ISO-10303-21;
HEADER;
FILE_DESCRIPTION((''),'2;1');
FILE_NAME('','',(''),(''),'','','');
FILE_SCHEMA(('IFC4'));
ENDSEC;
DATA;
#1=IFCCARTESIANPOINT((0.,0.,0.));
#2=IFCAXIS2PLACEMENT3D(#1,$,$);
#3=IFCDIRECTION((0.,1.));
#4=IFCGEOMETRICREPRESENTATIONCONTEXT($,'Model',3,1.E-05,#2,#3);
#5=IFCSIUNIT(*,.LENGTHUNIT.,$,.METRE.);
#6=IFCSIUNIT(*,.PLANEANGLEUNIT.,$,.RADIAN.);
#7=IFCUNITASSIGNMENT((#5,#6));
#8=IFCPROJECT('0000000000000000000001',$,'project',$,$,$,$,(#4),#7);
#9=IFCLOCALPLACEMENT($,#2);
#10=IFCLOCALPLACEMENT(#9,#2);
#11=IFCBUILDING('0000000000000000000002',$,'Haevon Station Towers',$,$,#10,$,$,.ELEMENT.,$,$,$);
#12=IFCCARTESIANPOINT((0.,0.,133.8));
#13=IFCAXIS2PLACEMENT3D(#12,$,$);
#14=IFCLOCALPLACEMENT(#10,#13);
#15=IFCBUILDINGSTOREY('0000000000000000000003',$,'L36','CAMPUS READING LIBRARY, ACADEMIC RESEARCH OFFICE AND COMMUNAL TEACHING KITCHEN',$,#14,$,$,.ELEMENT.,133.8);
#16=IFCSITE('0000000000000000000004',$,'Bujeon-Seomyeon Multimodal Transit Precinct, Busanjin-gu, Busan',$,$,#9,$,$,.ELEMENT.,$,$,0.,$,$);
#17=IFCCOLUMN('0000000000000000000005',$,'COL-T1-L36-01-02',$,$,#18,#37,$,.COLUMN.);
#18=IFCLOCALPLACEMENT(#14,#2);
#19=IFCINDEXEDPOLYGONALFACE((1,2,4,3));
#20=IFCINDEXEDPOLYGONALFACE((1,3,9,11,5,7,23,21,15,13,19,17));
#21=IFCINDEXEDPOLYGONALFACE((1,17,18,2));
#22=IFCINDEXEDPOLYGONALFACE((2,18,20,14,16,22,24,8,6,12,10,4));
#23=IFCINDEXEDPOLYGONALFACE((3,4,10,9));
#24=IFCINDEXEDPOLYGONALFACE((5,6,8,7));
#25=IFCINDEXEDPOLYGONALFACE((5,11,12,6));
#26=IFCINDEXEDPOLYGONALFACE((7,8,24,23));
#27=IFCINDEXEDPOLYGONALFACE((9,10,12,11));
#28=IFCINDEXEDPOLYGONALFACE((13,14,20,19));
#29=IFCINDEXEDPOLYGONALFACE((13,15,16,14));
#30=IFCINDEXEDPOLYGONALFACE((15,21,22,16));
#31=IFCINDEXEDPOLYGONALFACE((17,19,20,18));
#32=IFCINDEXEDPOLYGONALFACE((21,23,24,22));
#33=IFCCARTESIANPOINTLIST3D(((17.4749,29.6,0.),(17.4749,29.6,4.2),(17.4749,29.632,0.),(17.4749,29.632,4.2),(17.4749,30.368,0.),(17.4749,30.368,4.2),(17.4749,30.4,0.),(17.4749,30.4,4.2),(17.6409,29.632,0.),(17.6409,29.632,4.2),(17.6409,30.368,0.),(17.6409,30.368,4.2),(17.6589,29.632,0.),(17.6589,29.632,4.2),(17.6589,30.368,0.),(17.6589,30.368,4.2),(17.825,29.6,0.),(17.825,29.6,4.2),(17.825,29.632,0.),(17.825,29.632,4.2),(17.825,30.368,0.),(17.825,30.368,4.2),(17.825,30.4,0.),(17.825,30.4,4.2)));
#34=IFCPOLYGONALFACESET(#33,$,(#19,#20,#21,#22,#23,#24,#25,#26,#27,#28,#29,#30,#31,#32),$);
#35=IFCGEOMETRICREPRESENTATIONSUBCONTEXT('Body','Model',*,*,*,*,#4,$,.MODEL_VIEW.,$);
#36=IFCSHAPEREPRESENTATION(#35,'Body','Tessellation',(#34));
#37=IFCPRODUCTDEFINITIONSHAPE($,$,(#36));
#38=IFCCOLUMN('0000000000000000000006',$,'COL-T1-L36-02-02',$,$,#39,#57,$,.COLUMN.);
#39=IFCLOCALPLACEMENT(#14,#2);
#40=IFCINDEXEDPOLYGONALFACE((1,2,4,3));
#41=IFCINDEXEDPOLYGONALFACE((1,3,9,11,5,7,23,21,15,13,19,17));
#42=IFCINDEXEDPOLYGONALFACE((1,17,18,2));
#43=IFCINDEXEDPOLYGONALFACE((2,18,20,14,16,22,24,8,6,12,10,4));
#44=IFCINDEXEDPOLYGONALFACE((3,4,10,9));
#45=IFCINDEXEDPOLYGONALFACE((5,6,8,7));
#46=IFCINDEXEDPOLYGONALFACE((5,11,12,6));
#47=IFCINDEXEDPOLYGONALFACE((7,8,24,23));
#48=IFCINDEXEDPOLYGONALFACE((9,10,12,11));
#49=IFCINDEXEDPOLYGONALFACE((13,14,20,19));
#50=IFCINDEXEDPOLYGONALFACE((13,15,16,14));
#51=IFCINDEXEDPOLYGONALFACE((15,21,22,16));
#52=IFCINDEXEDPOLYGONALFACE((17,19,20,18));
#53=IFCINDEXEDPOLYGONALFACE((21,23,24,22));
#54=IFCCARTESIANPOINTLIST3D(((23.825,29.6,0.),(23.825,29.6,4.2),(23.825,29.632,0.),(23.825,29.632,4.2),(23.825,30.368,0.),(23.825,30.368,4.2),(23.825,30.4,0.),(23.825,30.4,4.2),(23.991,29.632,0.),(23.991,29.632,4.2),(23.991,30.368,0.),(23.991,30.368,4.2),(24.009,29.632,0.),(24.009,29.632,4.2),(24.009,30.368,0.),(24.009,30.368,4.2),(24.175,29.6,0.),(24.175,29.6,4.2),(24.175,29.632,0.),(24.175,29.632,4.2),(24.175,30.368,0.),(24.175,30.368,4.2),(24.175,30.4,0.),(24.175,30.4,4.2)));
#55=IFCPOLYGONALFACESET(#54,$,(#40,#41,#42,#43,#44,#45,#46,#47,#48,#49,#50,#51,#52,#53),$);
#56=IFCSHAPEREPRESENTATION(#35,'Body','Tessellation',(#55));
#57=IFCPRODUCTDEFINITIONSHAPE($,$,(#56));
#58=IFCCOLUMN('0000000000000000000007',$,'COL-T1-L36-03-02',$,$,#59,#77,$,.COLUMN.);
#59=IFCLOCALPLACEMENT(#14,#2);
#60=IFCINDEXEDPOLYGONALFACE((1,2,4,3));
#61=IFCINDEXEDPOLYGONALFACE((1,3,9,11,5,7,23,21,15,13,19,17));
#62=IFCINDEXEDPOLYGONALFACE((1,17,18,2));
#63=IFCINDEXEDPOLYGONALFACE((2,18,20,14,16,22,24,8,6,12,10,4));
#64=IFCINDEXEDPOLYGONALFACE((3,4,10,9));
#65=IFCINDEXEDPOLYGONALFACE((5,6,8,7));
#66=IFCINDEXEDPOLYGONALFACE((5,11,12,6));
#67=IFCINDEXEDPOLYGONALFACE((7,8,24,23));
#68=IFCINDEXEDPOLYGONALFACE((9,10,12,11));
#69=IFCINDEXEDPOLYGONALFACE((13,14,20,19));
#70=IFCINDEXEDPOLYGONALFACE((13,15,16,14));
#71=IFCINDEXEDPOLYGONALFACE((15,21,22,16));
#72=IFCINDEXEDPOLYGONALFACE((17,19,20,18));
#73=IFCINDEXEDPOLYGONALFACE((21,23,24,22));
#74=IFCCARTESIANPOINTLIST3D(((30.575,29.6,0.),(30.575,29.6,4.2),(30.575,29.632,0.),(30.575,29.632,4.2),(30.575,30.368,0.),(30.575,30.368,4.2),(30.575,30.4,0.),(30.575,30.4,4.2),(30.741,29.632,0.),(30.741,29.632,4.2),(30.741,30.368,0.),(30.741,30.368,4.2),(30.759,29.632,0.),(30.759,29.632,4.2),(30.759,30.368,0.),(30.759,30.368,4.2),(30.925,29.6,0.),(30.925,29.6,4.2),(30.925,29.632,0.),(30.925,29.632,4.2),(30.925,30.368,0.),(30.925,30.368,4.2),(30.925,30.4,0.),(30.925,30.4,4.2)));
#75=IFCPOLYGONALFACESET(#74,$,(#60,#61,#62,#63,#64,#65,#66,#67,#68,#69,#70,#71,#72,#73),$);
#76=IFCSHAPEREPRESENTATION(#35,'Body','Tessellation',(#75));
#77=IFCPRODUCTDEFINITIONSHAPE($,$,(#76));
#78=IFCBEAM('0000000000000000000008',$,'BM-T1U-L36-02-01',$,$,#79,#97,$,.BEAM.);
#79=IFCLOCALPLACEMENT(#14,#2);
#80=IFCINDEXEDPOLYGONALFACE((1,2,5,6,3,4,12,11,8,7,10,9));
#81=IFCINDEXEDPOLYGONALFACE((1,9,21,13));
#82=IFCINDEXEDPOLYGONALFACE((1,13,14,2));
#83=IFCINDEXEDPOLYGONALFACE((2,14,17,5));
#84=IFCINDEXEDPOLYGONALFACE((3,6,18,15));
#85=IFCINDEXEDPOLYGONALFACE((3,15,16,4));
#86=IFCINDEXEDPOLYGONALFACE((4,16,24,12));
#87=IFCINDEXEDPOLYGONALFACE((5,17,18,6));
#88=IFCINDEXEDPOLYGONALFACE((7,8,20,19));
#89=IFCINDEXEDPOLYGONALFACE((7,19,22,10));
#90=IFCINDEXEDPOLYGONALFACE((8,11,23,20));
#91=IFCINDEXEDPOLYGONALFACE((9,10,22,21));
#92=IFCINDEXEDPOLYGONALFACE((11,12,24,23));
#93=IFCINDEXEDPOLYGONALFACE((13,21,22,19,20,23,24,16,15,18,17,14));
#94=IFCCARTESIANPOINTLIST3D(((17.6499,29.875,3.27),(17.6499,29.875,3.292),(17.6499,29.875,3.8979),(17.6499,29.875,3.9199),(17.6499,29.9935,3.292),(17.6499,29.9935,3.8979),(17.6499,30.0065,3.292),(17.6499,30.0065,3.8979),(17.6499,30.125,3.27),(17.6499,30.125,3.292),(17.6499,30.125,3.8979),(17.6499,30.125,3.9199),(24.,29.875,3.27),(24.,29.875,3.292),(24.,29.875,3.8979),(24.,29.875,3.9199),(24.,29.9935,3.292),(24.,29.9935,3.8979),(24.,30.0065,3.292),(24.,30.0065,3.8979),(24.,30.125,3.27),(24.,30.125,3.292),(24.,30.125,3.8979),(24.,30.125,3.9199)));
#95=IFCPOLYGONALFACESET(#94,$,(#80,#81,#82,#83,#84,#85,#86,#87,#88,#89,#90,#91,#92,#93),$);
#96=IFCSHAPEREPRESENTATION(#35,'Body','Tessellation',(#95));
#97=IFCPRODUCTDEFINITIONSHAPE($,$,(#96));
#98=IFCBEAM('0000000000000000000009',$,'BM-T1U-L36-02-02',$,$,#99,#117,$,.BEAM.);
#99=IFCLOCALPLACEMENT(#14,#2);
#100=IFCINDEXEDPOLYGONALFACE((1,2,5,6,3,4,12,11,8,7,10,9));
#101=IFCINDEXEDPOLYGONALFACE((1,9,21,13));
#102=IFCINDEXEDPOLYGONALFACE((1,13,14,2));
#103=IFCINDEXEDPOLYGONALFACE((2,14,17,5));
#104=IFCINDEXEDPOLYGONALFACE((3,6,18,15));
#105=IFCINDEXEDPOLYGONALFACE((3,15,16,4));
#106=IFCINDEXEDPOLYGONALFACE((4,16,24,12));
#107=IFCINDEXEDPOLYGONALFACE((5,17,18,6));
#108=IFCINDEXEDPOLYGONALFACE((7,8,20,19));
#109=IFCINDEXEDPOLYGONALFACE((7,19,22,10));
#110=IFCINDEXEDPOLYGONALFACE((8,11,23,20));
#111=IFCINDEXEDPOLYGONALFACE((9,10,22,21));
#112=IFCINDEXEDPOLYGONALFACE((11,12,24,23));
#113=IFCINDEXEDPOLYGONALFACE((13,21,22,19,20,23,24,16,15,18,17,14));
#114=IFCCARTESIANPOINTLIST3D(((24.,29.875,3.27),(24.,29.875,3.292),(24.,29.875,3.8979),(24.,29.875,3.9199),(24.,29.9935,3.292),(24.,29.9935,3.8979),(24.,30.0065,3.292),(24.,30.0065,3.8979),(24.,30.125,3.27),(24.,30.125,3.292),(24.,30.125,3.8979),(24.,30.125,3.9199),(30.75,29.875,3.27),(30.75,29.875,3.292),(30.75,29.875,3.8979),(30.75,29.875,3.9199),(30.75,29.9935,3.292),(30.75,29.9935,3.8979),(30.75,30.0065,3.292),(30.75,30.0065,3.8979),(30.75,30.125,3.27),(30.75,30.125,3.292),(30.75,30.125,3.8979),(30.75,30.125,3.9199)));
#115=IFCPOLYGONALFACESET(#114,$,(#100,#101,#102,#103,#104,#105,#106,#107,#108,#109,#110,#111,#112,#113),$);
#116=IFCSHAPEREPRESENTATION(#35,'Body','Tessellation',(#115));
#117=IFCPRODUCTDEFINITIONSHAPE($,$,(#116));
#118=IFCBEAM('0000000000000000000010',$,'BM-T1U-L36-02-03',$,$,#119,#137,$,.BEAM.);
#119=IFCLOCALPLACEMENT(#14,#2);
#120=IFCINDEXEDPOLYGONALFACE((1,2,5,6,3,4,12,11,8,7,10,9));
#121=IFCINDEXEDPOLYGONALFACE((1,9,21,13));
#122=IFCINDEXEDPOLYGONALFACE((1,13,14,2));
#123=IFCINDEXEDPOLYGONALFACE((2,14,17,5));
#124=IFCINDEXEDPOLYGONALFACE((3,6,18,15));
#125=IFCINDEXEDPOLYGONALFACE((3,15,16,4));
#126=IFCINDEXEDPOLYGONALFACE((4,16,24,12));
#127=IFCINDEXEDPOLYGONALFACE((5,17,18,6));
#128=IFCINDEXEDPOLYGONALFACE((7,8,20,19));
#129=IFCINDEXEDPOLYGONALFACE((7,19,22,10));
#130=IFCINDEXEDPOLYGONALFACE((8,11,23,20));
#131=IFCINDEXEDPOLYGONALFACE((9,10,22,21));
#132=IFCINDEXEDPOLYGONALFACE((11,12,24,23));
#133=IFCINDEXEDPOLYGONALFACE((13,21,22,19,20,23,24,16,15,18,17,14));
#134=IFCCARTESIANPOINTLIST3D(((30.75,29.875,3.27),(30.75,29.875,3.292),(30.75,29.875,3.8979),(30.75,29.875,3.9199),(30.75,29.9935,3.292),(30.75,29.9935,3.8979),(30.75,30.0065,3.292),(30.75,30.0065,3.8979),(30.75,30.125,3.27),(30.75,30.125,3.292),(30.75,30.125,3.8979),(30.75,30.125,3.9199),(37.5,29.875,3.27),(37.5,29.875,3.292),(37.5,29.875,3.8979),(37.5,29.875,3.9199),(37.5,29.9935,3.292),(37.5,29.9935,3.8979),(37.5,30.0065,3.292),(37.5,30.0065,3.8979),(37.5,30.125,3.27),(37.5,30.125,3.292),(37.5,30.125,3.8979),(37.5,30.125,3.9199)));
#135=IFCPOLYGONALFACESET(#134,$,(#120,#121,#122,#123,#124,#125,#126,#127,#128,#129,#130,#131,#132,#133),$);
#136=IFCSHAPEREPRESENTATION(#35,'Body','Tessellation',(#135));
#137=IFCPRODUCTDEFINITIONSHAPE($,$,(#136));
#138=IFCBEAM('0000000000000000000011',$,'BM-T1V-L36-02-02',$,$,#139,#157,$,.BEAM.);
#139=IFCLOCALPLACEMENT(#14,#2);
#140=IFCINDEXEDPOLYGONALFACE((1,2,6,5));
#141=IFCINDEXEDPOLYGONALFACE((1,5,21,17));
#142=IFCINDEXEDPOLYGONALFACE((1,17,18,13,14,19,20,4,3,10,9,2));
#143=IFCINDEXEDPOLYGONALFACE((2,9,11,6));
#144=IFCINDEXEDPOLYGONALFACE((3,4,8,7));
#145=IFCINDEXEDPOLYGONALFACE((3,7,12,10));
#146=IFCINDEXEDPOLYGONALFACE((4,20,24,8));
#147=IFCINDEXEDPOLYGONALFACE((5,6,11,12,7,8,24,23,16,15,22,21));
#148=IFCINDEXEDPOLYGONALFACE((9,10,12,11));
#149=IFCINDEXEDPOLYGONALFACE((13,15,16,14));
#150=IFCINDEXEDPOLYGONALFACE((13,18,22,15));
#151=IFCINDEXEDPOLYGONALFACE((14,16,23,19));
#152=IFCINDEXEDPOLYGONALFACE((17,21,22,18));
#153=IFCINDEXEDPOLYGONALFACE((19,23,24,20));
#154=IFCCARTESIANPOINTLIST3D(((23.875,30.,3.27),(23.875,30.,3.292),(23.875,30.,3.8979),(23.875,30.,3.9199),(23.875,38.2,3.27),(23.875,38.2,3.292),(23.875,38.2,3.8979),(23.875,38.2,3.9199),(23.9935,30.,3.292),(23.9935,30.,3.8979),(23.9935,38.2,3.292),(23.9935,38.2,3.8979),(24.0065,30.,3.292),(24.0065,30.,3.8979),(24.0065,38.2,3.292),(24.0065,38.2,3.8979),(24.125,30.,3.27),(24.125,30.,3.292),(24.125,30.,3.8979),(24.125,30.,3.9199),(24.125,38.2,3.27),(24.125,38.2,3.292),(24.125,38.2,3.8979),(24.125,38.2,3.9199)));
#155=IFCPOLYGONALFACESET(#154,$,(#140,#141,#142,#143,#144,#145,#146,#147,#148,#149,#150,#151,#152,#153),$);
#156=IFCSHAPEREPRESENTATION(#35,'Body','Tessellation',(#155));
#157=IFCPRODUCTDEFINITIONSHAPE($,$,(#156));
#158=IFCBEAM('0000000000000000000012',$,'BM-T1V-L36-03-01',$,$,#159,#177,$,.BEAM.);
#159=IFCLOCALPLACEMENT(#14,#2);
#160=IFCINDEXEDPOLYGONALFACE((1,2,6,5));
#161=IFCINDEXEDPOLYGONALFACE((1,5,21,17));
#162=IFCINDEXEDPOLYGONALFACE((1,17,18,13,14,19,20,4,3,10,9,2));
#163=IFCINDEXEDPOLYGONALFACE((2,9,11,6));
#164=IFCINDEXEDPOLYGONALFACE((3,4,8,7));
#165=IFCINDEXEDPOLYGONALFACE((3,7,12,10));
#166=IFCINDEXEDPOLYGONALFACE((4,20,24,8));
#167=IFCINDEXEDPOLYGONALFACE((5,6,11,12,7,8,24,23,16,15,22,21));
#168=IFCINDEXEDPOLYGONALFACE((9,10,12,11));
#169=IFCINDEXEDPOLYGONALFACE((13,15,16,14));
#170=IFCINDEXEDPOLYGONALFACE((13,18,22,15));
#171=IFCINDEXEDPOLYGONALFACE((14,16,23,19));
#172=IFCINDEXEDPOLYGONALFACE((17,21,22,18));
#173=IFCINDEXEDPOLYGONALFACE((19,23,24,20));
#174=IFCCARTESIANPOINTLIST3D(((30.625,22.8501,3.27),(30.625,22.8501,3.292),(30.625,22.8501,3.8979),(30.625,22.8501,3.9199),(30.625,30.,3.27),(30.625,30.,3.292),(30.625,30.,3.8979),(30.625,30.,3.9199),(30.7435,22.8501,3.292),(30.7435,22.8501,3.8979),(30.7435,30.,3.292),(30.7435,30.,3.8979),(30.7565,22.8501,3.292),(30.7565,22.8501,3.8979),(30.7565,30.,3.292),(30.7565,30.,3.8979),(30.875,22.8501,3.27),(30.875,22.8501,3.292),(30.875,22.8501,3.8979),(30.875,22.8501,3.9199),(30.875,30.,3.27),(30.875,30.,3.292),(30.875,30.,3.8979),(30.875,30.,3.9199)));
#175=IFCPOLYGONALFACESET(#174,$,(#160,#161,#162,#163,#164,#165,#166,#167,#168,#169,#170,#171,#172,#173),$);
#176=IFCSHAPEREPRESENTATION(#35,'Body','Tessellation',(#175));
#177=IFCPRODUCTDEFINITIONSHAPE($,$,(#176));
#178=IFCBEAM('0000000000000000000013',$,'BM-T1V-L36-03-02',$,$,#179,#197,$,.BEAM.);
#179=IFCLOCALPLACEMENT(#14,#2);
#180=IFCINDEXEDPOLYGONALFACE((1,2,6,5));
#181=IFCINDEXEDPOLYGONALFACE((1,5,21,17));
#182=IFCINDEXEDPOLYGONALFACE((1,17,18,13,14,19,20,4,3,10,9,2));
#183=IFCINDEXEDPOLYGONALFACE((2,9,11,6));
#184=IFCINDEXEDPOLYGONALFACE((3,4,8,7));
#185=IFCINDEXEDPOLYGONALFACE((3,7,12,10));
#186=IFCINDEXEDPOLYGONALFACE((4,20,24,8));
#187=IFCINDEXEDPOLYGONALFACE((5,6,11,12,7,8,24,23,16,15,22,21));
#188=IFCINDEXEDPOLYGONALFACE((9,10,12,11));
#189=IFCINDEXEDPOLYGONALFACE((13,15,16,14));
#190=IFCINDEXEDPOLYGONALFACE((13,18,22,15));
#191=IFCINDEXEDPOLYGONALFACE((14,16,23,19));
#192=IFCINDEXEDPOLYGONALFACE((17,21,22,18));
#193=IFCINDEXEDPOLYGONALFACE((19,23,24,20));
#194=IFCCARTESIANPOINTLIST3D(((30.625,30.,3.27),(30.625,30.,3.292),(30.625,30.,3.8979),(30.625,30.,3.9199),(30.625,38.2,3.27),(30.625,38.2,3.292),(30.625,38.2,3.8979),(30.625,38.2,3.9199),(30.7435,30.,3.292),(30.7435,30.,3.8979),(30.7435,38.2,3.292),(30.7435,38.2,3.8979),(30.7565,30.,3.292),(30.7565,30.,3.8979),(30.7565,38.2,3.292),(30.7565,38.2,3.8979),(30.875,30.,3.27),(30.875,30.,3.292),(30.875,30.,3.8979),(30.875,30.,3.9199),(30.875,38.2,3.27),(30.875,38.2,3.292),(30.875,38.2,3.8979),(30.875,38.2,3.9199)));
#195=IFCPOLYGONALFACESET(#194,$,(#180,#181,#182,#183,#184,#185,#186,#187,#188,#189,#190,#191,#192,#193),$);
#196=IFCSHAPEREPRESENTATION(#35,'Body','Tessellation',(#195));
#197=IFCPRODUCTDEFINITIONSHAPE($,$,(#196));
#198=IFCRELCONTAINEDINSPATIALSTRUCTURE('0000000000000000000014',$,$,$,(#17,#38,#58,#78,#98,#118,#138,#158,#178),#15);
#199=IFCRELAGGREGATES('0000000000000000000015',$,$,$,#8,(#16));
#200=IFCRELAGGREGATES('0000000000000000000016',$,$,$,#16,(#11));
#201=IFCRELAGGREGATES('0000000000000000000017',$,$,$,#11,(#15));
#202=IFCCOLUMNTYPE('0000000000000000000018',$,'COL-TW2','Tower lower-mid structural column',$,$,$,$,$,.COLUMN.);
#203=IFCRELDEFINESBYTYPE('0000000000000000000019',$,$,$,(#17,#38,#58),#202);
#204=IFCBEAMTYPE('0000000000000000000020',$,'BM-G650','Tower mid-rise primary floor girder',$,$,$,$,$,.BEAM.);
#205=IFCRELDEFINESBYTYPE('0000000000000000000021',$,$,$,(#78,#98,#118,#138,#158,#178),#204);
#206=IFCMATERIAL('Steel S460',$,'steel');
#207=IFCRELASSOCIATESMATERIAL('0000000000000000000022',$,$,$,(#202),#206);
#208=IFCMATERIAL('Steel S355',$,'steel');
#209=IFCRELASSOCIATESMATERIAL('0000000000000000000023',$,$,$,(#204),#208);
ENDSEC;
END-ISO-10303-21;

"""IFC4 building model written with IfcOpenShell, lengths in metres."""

from ifc_helpers import new_model, si_unit, direction, frame, origin, origin_2d, place, context, subcontext, project, spatial, i_section, extrude, material, material_profile, profile_set, type_object, element, save


model = new_model("IFC4")

# Units and contexts
model_context = context("Model", 3, precision=1e-05, world=origin(), true_north=direction((0.0, 1.0)))
body_context = subcontext(model_context, "Body", "Model", "MODEL_VIEW")
ifc_project = project(units=[si_unit("LENGTHUNIT", "METRE"), si_unit("PLANEANGLEUNIT", "RADIAN")], contexts=[model_context])

# Site, building, storey
site_placement = place(None, origin())
site = spatial("IfcSite", under=ifc_project, at=site_placement, Name="Bujeon-Seomyeon Multimodal Transit Precinct, Busanjin-gu, Busan", CompositionType="ELEMENT", RefElevation=0.0)
building_placement = place(site_placement, origin())
building = spatial("IfcBuilding", under=site, at=building_placement, Name="Haevon Station Towers", CompositionType="ELEMENT")
storey_placement = place(building_placement, frame((0.0, 0.0, 133.8)))
storey = spatial("IfcBuildingStorey", under=building, at=storey_placement, Name="L36", Description="CAMPUS READING LIBRARY, ACADEMIC RESEARCH OFFICE AND COMMUNAL TEACHING KITCHEN", CompositionType="ELEMENT", Elevation=133.8)

# Columns
ifc_material_1 = material(Name="Steel S460", Category="steel")
ifc_material_profile_1 = material_profile(ifc_material_1, i_section(OverallWidth=0.3501, OverallDepth=0.8, WebThickness=0.0181, FlangeThickness=0.032, at=origin_2d()), Name="H-800x350x18x32")
ifc_profile_set_1 = profile_set([ifc_material_profile_1], Name="Steel S460")
column_type = type_object("IfcColumnType", Name="COL-TW2", Description="Tower lower-mid structural column", PredefinedType="COLUMN", material=ifc_profile_set_1)
for number, where, z_axis, x_axis, name in (
    (1, (17.6499, 30.0, 0.0), (0.0, 0.0, 1.0), (1.0, 0.0, 0.0), "COL-T1-L36-01-02"),
    (2, (24.0, 30.0, 0.0), (0.0, 0.0, 1.0), (1.0, 0.0, 0.0), "COL-T1-L36-02-02"),
    (3, (30.75, 30.0, 0.0), (0.0, 0.0, 1.0), (1.0, 0.0, 0.0), "COL-T1-L36-03-02"),
):
    element("IfcColumn", number, at=place(storey_placement, frame(where, z_axis=z_axis, x_axis=x_axis)), inside=storey, type_object=column_type, Name=name, PredefinedType="COLUMN", context=body_context, shape_type="SweptSolid", body=[
        extrude(i_section(OverallWidth=0.3501, OverallDepth=0.8, WebThickness=0.0181, FlangeThickness=0.032, at=origin_2d()), origin(), (0.0, 0.0, 1.0), 4.2),
    ])

# Beams
ifc_material_2 = material(Name="Steel S355", Category="steel")
ifc_material_profile_2 = material_profile(ifc_material_2, i_section(OverallWidth=0.25, OverallDepth=0.6499, WebThickness=0.0129, FlangeThickness=0.022, at=origin_2d()), Name="H-650x250x13x22")
ifc_profile_set_2 = profile_set([ifc_material_profile_2], Name="Steel S355")
beam_type_1 = type_object("IfcBeamType", Name="BM-G650", Description="Tower mid-rise primary floor girder", PredefinedType="BEAM", material=ifc_profile_set_2)
beam_1_placement = place(storey_placement, frame((17.6499, 30.0, 3.595), z_axis=(1.0, 0.0, 0.0), x_axis=(0.0, 1.0, 0.0)))
element("IfcBeam", 4, at=beam_1_placement, inside=storey, type_object=beam_type_1, Name="BM-T1U-L36-02-01", PredefinedType="BEAM", context=body_context, shape_type="SweptSolid", body=[
    extrude(i_section(OverallWidth=0.25, OverallDepth=0.6499, WebThickness=0.0129, FlangeThickness=0.022, at=origin_2d()), origin(), (0.0, 0.0, 1.0), 6.3501),
])
for number, where, z_axis, x_axis, name in (
    (5, (24.0, 30.0, 3.595), (1.0, 0.0, 0.0), (0.0, 1.0, 0.0), "BM-T1U-L36-02-02"),
    (6, (30.75, 30.0, 3.595), (1.0, 0.0, 0.0), (0.0, 1.0, 0.0), "BM-T1U-L36-02-03"),
):
    element("IfcBeam", number, at=place(storey_placement, frame(where, z_axis=z_axis, x_axis=x_axis)), inside=storey, type_object=beam_type_1, Name=name, PredefinedType="BEAM", context=body_context, shape_type="SweptSolid", body=[
        extrude(i_section(OverallWidth=0.25, OverallDepth=0.6499, WebThickness=0.0129, FlangeThickness=0.022, at=origin_2d()), origin(), (0.0, 0.0, 1.0), 6.75),
    ])
beam_2_placement = place(storey_placement, frame((24.0, 30.0, 3.595), z_axis=(0.0, 1.0, 0.0), x_axis=(-1.0, 0.0, 0.0)))
element("IfcBeam", 7, at=beam_2_placement, inside=storey, type_object=beam_type_1, Name="BM-T1V-L36-02-02", PredefinedType="BEAM", context=body_context, shape_type="SweptSolid", body=[
    extrude(i_section(OverallWidth=0.25, OverallDepth=0.6499, WebThickness=0.0129, FlangeThickness=0.022, at=origin_2d()), origin(), (0.0, 0.0, 1.0), 8.2),
])
beam_3_placement = place(storey_placement, frame((30.75, 22.8501, 3.595), z_axis=(0.0, 1.0, 0.0), x_axis=(-1.0, 0.0, 0.0)))
element("IfcBeam", 8, at=beam_3_placement, inside=storey, type_object=beam_type_1, Name="BM-T1V-L36-03-01", PredefinedType="BEAM", context=body_context, shape_type="SweptSolid", body=[
    extrude(i_section(OverallWidth=0.25, OverallDepth=0.6499, WebThickness=0.0129, FlangeThickness=0.022, at=origin_2d()), origin(), (0.0, 0.0, 1.0), 7.1499),
])
beam_4_placement = place(storey_placement, frame((30.75, 30.0, 3.595), z_axis=(0.0, 1.0, 0.0), x_axis=(-1.0, 0.0, 0.0)))
element("IfcBeam", 9, at=beam_4_placement, inside=storey, type_object=beam_type_1, Name="BM-T1V-L36-03-02", PredefinedType="BEAM", context=body_context, shape_type="SweptSolid", body=[
    extrude(i_section(OverallWidth=0.25, OverallDepth=0.6499, WebThickness=0.0129, FlangeThickness=0.022, at=origin_2d()), origin(), (0.0, 0.0, 1.0), 8.2),
])

save(model, "model.ifc")
